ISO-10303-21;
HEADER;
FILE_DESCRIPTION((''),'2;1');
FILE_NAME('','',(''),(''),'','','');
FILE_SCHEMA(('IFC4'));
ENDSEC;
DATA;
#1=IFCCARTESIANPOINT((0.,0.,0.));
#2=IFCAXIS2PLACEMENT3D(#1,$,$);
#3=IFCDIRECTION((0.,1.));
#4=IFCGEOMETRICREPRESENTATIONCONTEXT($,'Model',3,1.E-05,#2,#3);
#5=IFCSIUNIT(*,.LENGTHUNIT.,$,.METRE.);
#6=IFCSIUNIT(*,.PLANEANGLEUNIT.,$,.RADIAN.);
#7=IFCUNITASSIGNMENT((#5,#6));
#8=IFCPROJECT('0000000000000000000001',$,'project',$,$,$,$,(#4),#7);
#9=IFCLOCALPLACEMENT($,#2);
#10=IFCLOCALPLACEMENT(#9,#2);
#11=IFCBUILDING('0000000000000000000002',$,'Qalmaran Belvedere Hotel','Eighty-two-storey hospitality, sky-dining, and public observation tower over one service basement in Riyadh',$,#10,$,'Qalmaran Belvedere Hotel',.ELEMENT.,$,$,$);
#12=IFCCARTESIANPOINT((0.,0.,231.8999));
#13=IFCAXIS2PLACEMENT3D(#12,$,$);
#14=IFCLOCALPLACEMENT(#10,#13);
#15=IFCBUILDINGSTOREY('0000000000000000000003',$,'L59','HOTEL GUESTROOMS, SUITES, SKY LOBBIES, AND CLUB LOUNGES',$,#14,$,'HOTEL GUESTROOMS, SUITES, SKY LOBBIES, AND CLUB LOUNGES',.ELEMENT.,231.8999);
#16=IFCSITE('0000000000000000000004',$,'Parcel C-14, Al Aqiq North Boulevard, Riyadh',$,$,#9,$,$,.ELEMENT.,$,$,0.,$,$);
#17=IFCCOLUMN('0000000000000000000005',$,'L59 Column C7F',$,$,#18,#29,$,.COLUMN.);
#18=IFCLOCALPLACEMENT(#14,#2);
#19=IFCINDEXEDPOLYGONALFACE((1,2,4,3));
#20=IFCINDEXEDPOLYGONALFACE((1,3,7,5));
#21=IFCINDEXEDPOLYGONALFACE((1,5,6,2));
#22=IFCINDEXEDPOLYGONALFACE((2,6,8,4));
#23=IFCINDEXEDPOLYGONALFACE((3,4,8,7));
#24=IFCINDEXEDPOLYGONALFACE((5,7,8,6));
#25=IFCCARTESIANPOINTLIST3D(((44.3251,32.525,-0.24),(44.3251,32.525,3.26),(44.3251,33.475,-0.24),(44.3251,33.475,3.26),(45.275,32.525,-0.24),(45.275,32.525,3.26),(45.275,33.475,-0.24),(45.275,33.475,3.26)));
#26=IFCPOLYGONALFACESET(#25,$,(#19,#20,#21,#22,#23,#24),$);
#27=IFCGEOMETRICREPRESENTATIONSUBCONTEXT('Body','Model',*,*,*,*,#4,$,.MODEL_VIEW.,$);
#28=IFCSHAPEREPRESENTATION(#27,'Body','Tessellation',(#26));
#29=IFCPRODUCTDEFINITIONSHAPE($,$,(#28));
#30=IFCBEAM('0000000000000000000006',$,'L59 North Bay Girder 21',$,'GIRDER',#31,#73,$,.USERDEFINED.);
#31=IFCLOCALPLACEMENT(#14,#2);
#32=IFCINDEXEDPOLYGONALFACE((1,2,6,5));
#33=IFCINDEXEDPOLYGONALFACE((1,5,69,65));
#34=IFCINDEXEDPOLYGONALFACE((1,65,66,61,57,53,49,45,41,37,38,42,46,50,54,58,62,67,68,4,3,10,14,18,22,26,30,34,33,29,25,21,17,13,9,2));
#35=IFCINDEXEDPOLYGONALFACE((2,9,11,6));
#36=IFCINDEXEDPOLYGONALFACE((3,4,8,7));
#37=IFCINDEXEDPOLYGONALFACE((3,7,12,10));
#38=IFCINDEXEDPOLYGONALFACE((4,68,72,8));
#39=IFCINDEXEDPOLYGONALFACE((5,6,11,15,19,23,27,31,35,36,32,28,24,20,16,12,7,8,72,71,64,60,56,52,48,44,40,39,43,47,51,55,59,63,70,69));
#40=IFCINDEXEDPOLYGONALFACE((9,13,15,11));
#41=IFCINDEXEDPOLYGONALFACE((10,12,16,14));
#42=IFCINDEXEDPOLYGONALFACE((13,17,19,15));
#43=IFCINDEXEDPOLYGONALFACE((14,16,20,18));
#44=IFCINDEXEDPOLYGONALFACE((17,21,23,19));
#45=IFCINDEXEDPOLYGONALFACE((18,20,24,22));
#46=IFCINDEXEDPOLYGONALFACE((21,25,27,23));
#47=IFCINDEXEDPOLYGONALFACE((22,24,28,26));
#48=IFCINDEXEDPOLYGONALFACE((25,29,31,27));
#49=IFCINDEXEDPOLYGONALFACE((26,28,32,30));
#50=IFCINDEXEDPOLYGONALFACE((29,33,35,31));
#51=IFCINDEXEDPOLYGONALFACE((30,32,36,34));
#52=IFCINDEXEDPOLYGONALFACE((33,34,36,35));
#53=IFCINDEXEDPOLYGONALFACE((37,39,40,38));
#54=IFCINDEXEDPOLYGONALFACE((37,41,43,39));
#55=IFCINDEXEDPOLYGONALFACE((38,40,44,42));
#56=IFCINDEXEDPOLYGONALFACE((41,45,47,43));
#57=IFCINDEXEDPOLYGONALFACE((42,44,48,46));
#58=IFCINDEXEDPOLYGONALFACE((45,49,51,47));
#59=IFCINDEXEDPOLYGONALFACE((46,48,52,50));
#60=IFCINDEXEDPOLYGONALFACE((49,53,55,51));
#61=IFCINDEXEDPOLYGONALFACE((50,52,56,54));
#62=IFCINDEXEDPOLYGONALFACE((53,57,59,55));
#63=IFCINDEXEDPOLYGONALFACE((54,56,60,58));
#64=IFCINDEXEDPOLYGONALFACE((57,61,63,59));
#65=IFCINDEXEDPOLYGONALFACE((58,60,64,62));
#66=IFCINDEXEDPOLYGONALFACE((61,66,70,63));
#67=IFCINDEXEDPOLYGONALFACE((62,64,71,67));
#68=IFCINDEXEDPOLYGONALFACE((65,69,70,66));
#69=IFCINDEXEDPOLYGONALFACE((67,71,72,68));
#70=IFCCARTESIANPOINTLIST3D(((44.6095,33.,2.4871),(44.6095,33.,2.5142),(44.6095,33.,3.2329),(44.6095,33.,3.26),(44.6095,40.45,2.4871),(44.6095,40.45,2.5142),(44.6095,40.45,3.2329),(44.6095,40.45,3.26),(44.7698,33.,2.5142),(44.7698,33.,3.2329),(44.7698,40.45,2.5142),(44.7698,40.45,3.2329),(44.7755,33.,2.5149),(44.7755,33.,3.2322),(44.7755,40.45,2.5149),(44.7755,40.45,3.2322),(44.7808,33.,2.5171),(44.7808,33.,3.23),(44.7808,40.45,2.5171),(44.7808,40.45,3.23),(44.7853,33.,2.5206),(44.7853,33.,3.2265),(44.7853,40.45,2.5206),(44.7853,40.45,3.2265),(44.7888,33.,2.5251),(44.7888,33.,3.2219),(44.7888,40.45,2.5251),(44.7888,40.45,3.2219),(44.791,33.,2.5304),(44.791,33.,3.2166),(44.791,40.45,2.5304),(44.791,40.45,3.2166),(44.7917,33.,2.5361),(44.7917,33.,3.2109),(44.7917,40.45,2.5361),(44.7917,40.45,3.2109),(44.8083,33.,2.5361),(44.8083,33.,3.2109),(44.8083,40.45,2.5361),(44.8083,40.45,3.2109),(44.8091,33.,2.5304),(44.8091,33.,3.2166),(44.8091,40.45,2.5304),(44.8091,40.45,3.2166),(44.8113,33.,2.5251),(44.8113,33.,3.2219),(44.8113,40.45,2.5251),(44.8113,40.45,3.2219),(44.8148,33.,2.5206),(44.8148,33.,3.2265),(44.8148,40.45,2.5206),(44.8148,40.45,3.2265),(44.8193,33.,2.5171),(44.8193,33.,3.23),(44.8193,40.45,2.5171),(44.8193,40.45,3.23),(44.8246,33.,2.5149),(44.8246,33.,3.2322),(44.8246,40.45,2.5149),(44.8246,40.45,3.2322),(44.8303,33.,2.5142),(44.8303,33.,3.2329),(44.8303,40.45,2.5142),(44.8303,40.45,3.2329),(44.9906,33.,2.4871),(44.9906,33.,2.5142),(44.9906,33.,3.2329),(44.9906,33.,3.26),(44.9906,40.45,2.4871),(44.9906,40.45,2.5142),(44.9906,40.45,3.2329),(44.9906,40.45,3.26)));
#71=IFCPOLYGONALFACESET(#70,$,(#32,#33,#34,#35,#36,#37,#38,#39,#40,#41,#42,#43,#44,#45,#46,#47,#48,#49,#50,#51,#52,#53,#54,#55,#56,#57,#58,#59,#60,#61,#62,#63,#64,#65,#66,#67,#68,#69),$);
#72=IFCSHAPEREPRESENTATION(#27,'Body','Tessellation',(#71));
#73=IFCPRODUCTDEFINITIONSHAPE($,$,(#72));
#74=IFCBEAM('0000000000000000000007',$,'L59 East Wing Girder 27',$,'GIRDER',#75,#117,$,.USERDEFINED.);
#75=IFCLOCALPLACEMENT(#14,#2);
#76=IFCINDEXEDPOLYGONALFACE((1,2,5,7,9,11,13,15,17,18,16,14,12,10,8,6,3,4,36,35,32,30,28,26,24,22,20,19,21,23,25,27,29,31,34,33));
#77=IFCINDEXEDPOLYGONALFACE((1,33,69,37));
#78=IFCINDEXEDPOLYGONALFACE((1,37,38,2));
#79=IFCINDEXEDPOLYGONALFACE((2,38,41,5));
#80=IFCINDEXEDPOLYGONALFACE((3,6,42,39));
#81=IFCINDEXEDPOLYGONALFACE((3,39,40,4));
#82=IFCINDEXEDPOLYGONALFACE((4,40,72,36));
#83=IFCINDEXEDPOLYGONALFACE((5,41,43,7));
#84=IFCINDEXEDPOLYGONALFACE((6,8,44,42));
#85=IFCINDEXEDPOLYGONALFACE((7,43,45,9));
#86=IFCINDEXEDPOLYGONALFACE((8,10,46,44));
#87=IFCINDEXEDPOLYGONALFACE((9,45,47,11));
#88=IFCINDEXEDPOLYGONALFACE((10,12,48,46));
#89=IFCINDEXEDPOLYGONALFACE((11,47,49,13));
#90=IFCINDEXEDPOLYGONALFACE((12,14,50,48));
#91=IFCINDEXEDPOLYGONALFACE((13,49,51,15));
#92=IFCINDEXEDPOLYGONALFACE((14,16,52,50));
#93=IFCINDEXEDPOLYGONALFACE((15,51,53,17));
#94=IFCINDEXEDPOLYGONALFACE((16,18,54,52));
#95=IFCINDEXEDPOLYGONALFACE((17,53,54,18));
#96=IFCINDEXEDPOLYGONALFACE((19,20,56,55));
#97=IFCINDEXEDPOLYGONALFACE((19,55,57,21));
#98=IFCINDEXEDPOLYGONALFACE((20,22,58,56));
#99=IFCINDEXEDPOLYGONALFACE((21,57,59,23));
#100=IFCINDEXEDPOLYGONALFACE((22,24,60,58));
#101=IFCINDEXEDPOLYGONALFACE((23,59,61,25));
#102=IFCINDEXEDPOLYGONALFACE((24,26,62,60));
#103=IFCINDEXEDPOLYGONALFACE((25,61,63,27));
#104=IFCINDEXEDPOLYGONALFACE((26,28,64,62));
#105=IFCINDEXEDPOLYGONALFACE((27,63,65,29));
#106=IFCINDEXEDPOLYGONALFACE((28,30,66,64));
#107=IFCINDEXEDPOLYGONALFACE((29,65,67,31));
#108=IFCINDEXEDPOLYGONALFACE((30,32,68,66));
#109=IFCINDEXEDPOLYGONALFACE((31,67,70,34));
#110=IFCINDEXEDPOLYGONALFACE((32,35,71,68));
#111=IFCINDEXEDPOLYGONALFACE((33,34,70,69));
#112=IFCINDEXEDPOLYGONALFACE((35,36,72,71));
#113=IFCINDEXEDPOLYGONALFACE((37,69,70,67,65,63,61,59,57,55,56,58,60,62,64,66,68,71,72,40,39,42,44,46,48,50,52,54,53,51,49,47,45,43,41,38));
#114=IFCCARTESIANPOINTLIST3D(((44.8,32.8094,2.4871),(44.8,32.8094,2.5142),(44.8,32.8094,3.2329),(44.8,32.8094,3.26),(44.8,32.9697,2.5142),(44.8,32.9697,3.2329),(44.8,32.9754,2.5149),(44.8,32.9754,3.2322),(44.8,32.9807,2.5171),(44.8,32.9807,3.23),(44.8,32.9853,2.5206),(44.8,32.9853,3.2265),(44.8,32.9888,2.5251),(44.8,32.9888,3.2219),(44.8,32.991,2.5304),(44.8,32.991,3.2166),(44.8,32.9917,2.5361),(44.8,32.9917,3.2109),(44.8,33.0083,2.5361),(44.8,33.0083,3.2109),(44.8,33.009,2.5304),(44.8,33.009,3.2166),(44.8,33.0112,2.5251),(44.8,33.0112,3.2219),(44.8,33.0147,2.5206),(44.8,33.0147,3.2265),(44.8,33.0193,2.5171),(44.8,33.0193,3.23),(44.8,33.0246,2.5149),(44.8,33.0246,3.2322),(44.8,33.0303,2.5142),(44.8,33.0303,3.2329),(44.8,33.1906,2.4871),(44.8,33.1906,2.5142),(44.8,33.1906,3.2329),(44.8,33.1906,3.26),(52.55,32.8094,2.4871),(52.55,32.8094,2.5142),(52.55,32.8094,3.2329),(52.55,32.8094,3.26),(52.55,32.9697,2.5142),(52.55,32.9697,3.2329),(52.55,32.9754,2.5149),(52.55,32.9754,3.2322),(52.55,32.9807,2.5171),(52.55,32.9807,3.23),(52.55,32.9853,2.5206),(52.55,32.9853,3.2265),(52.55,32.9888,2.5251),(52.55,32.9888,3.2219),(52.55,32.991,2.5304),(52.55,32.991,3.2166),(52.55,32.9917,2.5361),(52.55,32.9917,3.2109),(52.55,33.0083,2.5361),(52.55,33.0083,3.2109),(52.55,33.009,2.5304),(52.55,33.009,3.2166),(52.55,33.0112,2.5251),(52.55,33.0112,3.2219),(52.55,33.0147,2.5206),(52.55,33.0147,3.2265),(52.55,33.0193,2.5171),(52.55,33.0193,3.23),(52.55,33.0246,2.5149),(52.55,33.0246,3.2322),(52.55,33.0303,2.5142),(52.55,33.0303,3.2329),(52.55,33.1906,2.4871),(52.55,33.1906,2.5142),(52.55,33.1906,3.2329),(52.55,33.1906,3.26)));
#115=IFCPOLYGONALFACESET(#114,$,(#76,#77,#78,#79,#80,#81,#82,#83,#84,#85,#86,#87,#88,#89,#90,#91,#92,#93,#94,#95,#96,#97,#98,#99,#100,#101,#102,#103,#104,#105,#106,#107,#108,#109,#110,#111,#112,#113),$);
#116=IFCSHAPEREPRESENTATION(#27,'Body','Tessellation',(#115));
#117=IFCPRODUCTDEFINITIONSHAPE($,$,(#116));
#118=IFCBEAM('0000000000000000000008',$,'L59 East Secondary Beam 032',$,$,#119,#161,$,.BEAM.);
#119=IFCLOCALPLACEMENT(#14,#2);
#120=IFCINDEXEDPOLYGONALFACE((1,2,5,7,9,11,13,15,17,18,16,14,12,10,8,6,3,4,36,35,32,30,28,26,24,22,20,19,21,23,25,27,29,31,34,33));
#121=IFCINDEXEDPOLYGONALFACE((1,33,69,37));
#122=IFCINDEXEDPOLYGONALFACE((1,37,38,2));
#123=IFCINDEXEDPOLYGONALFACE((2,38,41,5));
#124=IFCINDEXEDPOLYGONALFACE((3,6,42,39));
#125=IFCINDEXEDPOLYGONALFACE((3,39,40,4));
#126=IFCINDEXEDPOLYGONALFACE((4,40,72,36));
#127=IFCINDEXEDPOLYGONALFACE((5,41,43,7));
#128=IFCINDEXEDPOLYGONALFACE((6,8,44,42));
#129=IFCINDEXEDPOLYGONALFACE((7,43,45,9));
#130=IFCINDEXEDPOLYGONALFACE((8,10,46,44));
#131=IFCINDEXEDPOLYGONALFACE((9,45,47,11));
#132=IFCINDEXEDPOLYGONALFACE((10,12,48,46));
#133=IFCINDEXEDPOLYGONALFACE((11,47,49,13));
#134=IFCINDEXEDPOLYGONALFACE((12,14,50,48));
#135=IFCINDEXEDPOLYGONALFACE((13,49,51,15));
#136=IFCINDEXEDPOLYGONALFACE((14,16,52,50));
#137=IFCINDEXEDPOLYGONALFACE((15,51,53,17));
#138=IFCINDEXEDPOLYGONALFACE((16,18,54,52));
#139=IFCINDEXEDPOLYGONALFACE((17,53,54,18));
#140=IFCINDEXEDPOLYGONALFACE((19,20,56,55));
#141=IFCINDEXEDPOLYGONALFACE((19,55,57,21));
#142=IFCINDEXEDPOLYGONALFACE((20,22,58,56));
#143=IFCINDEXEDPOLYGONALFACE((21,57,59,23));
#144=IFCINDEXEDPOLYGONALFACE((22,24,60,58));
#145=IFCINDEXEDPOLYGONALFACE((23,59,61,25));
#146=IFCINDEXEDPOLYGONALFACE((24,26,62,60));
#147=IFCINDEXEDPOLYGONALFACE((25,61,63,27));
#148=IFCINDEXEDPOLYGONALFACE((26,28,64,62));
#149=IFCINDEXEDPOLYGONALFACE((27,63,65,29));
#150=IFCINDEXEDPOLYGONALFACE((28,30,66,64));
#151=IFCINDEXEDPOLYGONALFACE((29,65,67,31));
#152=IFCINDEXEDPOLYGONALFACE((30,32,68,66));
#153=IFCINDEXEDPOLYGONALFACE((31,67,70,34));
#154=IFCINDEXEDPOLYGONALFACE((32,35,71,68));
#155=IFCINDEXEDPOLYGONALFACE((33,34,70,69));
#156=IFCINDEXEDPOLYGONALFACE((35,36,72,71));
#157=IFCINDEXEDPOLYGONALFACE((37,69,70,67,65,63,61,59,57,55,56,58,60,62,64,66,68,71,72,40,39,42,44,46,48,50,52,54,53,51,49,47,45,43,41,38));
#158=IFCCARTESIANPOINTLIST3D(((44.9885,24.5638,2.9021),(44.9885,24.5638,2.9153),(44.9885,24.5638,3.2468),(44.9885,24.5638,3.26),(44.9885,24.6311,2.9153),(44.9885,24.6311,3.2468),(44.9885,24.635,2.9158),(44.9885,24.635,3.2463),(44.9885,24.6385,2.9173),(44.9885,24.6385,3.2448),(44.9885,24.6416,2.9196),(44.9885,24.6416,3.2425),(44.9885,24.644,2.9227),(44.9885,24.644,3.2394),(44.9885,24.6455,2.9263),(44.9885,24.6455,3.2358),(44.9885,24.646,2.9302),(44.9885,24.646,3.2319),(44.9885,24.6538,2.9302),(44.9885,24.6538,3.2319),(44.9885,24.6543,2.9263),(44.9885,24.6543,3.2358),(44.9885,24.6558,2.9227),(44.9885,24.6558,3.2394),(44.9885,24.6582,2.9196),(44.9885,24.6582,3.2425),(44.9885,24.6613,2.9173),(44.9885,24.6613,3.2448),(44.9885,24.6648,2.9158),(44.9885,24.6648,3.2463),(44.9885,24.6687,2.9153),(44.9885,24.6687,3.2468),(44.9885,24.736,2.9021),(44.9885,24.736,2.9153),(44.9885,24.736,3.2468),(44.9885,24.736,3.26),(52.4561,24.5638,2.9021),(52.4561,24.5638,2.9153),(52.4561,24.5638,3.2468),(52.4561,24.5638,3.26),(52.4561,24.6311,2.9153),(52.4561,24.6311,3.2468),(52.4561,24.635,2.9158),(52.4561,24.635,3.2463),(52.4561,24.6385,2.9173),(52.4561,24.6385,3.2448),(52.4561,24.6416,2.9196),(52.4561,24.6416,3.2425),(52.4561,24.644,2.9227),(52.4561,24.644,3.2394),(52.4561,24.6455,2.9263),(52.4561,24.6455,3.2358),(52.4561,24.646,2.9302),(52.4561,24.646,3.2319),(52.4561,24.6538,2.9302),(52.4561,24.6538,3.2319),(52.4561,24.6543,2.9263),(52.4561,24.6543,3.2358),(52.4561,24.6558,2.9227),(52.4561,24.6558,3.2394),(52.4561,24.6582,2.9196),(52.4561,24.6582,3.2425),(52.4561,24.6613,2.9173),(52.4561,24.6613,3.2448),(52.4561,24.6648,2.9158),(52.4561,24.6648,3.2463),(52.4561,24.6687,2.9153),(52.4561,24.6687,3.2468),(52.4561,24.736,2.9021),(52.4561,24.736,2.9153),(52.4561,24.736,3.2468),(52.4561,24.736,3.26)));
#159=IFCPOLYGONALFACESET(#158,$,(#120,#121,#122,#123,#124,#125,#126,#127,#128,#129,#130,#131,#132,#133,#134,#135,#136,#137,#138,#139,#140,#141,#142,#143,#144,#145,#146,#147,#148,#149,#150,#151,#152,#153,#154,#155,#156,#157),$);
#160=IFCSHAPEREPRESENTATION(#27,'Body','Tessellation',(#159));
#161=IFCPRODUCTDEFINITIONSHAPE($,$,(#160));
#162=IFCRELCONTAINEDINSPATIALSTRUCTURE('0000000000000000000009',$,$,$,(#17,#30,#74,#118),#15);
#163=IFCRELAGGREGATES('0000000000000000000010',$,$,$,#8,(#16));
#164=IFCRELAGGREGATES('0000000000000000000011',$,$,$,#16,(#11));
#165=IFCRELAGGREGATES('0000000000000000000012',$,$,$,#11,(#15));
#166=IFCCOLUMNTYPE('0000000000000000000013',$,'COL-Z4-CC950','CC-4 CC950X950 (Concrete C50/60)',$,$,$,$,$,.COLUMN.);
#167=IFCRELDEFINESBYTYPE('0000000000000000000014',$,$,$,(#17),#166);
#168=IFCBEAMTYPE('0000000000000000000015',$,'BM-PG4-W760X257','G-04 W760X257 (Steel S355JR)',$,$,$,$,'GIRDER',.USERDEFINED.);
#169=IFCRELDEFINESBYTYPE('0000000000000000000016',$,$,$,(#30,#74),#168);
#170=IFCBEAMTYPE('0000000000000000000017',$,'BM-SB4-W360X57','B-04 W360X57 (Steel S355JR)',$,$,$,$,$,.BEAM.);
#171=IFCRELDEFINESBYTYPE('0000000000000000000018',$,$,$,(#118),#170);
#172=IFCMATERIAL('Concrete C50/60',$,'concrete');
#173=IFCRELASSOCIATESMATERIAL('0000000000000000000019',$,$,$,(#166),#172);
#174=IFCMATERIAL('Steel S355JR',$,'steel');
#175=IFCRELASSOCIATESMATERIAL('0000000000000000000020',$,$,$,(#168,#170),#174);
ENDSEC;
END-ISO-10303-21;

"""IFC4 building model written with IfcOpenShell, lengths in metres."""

from ifc_helpers import new_model, si_unit, direction, frame, origin, origin_2d, place, context, subcontext, project, spatial, rectangle, i_section, extrude, material, material_profile, profile_set, type_object, element, save


model = new_model("IFC4")

# Units and contexts
model_context = context("Model", 3, precision=1e-05, world=origin(), true_north=direction((0.0, 1.0)))
body_context = subcontext(model_context, "Body", "Model", "MODEL_VIEW")
ifc_project = project(units=[si_unit("LENGTHUNIT", "METRE"), si_unit("PLANEANGLEUNIT", "RADIAN")], contexts=[model_context])

# Site, building, storey
site_placement = place(None, origin())
site = spatial("IfcSite", under=ifc_project, at=site_placement, Name="Parcel C-14, Al Aqiq North Boulevard, Riyadh", CompositionType="ELEMENT", RefElevation=0.0)
building_placement = place(site_placement, origin())
building = spatial("IfcBuilding", under=site, at=building_placement, Name="Qalmaran Belvedere Hotel", Description="Eighty-two-storey hospitality, sky-dining, and public observation tower over one service basement in Riyadh", LongName="Qalmaran Belvedere Hotel", CompositionType="ELEMENT")
storey_placement = place(building_placement, frame((0.0, 0.0, 231.8999)))
storey = spatial("IfcBuildingStorey", under=building, at=storey_placement, Name="L59", Description="HOTEL GUESTROOMS, SUITES, SKY LOBBIES, AND CLUB LOUNGES", LongName="HOTEL GUESTROOMS, SUITES, SKY LOBBIES, AND CLUB LOUNGES", CompositionType="ELEMENT", Elevation=231.8999)

# Column
ifc_material_1 = material(Name="Concrete C50/60", Category="concrete")
ifc_material_profile_1 = material_profile(ifc_material_1, rectangle(XDim=0.95, YDim=0.95, at=origin_2d()), Name="CC950X950")
ifc_profile_set_1 = profile_set([ifc_material_profile_1], Name="Concrete C50/60")
column_type = type_object("IfcColumnType", Name="COL-Z4-CC950", Description="CC-4 CC950X950 (Concrete C50/60)", PredefinedType="COLUMN", material=ifc_profile_set_1)
column_placement = place(storey_placement, frame((44.8, 33.0, -0.24), z_axis=(0.0, 0.0, 1.0), x_axis=(1.0, 0.0, 0.0)))
element("IfcColumn", 1, at=column_placement, inside=storey, type_object=column_type, Name="L59 Column C7F", PredefinedType="COLUMN", context=body_context, shape_type="SweptSolid", body=[
    extrude(rectangle(XDim=0.95, YDim=0.95, at=origin_2d()), origin(), (0.0, 0.0, 1.0), 3.5),
])

# Beams
ifc_material_2 = material(Name="Steel S355JR", Category="steel")
ifc_material_profile_2 = material_profile(ifc_material_2, i_section(OverallWidth=0.3811, OverallDepth=0.7729, WebThickness=0.0166, FlangeThickness=0.0271, FilletRadius=0.022, at=origin_2d()), Name="W760X257")
ifc_profile_set_2 = profile_set([ifc_material_profile_2], Name="Steel S355JR")
beam_type_1 = type_object("IfcBeamType", Name="BM-PG4-W760X257", Description="G-04 W760X257 (Steel S355JR)", ElementType="GIRDER", PredefinedType="USERDEFINED", material=ifc_profile_set_2)
beam_1_placement = place(storey_placement, frame((44.8, 33.0, 2.8735), z_axis=(0.0, 1.0, 0.0), x_axis=(-1.0, 0.0, 0.0)))
element("IfcBeam", 2, at=beam_1_placement, inside=storey, type_object=beam_type_1, Name="L59 North Bay Girder 21", ObjectType="GIRDER", PredefinedType="USERDEFINED", context=body_context, shape_type="SweptSolid", body=[
    extrude(i_section(OverallWidth=0.3811, OverallDepth=0.7729, WebThickness=0.0166, FlangeThickness=0.0271, FilletRadius=0.022, at=origin_2d()), origin(), (0.0, 0.0, 1.0), 7.45),
])
beam_2_placement = place(storey_placement, frame((44.8, 33.0, 2.8735), z_axis=(1.0, 0.0, 0.0), x_axis=(0.0, 1.0, 0.0)))
element("IfcBeam", 3, at=beam_2_placement, inside=storey, type_object=beam_type_1, Name="L59 East Wing Girder 27", ObjectType="GIRDER", PredefinedType="USERDEFINED", context=body_context, shape_type="SweptSolid", body=[
    extrude(i_section(OverallWidth=0.3811, OverallDepth=0.7729, WebThickness=0.0166, FlangeThickness=0.0271, FilletRadius=0.022, at=origin_2d()), origin(), (0.0, 0.0, 1.0), 7.75),
])
ifc_material_profile_3 = material_profile(ifc_material_2, i_section(OverallWidth=0.1721, OverallDepth=0.3579, WebThickness=0.0078, FlangeThickness=0.0132, FilletRadius=0.0149, at=origin_2d()), Name="W360X57")
ifc_profile_set_3 = profile_set([ifc_material_profile_3], Name="Steel S355JR")
beam_type_2 = type_object("IfcBeamType", Name="BM-SB4-W360X57", Description="B-04 W360X57 (Steel S355JR)", PredefinedType="BEAM", material=ifc_profile_set_3)
for number, where, z_axis, x_axis, name in (
    (4, (44.9885, 24.6499, 3.0811), (1.0, 0.0, 0.0), (0.0, 1.0, 0.0), "L59 East Secondary Beam 032"),
):
    element("IfcBeam", number, at=place(storey_placement, frame(where, z_axis=z_axis, x_axis=x_axis)), inside=storey, type_object=beam_type_2, Name=name, PredefinedType="BEAM", context=body_context, shape_type="SweptSolid", body=[
        extrude(i_section(OverallWidth=0.1721, OverallDepth=0.3579, WebThickness=0.0078, FlangeThickness=0.0132, FilletRadius=0.0149, at=origin_2d()), origin(), (0.0, 0.0, 1.0), 7.4675),
    ])

save(model, "model.ifc")
